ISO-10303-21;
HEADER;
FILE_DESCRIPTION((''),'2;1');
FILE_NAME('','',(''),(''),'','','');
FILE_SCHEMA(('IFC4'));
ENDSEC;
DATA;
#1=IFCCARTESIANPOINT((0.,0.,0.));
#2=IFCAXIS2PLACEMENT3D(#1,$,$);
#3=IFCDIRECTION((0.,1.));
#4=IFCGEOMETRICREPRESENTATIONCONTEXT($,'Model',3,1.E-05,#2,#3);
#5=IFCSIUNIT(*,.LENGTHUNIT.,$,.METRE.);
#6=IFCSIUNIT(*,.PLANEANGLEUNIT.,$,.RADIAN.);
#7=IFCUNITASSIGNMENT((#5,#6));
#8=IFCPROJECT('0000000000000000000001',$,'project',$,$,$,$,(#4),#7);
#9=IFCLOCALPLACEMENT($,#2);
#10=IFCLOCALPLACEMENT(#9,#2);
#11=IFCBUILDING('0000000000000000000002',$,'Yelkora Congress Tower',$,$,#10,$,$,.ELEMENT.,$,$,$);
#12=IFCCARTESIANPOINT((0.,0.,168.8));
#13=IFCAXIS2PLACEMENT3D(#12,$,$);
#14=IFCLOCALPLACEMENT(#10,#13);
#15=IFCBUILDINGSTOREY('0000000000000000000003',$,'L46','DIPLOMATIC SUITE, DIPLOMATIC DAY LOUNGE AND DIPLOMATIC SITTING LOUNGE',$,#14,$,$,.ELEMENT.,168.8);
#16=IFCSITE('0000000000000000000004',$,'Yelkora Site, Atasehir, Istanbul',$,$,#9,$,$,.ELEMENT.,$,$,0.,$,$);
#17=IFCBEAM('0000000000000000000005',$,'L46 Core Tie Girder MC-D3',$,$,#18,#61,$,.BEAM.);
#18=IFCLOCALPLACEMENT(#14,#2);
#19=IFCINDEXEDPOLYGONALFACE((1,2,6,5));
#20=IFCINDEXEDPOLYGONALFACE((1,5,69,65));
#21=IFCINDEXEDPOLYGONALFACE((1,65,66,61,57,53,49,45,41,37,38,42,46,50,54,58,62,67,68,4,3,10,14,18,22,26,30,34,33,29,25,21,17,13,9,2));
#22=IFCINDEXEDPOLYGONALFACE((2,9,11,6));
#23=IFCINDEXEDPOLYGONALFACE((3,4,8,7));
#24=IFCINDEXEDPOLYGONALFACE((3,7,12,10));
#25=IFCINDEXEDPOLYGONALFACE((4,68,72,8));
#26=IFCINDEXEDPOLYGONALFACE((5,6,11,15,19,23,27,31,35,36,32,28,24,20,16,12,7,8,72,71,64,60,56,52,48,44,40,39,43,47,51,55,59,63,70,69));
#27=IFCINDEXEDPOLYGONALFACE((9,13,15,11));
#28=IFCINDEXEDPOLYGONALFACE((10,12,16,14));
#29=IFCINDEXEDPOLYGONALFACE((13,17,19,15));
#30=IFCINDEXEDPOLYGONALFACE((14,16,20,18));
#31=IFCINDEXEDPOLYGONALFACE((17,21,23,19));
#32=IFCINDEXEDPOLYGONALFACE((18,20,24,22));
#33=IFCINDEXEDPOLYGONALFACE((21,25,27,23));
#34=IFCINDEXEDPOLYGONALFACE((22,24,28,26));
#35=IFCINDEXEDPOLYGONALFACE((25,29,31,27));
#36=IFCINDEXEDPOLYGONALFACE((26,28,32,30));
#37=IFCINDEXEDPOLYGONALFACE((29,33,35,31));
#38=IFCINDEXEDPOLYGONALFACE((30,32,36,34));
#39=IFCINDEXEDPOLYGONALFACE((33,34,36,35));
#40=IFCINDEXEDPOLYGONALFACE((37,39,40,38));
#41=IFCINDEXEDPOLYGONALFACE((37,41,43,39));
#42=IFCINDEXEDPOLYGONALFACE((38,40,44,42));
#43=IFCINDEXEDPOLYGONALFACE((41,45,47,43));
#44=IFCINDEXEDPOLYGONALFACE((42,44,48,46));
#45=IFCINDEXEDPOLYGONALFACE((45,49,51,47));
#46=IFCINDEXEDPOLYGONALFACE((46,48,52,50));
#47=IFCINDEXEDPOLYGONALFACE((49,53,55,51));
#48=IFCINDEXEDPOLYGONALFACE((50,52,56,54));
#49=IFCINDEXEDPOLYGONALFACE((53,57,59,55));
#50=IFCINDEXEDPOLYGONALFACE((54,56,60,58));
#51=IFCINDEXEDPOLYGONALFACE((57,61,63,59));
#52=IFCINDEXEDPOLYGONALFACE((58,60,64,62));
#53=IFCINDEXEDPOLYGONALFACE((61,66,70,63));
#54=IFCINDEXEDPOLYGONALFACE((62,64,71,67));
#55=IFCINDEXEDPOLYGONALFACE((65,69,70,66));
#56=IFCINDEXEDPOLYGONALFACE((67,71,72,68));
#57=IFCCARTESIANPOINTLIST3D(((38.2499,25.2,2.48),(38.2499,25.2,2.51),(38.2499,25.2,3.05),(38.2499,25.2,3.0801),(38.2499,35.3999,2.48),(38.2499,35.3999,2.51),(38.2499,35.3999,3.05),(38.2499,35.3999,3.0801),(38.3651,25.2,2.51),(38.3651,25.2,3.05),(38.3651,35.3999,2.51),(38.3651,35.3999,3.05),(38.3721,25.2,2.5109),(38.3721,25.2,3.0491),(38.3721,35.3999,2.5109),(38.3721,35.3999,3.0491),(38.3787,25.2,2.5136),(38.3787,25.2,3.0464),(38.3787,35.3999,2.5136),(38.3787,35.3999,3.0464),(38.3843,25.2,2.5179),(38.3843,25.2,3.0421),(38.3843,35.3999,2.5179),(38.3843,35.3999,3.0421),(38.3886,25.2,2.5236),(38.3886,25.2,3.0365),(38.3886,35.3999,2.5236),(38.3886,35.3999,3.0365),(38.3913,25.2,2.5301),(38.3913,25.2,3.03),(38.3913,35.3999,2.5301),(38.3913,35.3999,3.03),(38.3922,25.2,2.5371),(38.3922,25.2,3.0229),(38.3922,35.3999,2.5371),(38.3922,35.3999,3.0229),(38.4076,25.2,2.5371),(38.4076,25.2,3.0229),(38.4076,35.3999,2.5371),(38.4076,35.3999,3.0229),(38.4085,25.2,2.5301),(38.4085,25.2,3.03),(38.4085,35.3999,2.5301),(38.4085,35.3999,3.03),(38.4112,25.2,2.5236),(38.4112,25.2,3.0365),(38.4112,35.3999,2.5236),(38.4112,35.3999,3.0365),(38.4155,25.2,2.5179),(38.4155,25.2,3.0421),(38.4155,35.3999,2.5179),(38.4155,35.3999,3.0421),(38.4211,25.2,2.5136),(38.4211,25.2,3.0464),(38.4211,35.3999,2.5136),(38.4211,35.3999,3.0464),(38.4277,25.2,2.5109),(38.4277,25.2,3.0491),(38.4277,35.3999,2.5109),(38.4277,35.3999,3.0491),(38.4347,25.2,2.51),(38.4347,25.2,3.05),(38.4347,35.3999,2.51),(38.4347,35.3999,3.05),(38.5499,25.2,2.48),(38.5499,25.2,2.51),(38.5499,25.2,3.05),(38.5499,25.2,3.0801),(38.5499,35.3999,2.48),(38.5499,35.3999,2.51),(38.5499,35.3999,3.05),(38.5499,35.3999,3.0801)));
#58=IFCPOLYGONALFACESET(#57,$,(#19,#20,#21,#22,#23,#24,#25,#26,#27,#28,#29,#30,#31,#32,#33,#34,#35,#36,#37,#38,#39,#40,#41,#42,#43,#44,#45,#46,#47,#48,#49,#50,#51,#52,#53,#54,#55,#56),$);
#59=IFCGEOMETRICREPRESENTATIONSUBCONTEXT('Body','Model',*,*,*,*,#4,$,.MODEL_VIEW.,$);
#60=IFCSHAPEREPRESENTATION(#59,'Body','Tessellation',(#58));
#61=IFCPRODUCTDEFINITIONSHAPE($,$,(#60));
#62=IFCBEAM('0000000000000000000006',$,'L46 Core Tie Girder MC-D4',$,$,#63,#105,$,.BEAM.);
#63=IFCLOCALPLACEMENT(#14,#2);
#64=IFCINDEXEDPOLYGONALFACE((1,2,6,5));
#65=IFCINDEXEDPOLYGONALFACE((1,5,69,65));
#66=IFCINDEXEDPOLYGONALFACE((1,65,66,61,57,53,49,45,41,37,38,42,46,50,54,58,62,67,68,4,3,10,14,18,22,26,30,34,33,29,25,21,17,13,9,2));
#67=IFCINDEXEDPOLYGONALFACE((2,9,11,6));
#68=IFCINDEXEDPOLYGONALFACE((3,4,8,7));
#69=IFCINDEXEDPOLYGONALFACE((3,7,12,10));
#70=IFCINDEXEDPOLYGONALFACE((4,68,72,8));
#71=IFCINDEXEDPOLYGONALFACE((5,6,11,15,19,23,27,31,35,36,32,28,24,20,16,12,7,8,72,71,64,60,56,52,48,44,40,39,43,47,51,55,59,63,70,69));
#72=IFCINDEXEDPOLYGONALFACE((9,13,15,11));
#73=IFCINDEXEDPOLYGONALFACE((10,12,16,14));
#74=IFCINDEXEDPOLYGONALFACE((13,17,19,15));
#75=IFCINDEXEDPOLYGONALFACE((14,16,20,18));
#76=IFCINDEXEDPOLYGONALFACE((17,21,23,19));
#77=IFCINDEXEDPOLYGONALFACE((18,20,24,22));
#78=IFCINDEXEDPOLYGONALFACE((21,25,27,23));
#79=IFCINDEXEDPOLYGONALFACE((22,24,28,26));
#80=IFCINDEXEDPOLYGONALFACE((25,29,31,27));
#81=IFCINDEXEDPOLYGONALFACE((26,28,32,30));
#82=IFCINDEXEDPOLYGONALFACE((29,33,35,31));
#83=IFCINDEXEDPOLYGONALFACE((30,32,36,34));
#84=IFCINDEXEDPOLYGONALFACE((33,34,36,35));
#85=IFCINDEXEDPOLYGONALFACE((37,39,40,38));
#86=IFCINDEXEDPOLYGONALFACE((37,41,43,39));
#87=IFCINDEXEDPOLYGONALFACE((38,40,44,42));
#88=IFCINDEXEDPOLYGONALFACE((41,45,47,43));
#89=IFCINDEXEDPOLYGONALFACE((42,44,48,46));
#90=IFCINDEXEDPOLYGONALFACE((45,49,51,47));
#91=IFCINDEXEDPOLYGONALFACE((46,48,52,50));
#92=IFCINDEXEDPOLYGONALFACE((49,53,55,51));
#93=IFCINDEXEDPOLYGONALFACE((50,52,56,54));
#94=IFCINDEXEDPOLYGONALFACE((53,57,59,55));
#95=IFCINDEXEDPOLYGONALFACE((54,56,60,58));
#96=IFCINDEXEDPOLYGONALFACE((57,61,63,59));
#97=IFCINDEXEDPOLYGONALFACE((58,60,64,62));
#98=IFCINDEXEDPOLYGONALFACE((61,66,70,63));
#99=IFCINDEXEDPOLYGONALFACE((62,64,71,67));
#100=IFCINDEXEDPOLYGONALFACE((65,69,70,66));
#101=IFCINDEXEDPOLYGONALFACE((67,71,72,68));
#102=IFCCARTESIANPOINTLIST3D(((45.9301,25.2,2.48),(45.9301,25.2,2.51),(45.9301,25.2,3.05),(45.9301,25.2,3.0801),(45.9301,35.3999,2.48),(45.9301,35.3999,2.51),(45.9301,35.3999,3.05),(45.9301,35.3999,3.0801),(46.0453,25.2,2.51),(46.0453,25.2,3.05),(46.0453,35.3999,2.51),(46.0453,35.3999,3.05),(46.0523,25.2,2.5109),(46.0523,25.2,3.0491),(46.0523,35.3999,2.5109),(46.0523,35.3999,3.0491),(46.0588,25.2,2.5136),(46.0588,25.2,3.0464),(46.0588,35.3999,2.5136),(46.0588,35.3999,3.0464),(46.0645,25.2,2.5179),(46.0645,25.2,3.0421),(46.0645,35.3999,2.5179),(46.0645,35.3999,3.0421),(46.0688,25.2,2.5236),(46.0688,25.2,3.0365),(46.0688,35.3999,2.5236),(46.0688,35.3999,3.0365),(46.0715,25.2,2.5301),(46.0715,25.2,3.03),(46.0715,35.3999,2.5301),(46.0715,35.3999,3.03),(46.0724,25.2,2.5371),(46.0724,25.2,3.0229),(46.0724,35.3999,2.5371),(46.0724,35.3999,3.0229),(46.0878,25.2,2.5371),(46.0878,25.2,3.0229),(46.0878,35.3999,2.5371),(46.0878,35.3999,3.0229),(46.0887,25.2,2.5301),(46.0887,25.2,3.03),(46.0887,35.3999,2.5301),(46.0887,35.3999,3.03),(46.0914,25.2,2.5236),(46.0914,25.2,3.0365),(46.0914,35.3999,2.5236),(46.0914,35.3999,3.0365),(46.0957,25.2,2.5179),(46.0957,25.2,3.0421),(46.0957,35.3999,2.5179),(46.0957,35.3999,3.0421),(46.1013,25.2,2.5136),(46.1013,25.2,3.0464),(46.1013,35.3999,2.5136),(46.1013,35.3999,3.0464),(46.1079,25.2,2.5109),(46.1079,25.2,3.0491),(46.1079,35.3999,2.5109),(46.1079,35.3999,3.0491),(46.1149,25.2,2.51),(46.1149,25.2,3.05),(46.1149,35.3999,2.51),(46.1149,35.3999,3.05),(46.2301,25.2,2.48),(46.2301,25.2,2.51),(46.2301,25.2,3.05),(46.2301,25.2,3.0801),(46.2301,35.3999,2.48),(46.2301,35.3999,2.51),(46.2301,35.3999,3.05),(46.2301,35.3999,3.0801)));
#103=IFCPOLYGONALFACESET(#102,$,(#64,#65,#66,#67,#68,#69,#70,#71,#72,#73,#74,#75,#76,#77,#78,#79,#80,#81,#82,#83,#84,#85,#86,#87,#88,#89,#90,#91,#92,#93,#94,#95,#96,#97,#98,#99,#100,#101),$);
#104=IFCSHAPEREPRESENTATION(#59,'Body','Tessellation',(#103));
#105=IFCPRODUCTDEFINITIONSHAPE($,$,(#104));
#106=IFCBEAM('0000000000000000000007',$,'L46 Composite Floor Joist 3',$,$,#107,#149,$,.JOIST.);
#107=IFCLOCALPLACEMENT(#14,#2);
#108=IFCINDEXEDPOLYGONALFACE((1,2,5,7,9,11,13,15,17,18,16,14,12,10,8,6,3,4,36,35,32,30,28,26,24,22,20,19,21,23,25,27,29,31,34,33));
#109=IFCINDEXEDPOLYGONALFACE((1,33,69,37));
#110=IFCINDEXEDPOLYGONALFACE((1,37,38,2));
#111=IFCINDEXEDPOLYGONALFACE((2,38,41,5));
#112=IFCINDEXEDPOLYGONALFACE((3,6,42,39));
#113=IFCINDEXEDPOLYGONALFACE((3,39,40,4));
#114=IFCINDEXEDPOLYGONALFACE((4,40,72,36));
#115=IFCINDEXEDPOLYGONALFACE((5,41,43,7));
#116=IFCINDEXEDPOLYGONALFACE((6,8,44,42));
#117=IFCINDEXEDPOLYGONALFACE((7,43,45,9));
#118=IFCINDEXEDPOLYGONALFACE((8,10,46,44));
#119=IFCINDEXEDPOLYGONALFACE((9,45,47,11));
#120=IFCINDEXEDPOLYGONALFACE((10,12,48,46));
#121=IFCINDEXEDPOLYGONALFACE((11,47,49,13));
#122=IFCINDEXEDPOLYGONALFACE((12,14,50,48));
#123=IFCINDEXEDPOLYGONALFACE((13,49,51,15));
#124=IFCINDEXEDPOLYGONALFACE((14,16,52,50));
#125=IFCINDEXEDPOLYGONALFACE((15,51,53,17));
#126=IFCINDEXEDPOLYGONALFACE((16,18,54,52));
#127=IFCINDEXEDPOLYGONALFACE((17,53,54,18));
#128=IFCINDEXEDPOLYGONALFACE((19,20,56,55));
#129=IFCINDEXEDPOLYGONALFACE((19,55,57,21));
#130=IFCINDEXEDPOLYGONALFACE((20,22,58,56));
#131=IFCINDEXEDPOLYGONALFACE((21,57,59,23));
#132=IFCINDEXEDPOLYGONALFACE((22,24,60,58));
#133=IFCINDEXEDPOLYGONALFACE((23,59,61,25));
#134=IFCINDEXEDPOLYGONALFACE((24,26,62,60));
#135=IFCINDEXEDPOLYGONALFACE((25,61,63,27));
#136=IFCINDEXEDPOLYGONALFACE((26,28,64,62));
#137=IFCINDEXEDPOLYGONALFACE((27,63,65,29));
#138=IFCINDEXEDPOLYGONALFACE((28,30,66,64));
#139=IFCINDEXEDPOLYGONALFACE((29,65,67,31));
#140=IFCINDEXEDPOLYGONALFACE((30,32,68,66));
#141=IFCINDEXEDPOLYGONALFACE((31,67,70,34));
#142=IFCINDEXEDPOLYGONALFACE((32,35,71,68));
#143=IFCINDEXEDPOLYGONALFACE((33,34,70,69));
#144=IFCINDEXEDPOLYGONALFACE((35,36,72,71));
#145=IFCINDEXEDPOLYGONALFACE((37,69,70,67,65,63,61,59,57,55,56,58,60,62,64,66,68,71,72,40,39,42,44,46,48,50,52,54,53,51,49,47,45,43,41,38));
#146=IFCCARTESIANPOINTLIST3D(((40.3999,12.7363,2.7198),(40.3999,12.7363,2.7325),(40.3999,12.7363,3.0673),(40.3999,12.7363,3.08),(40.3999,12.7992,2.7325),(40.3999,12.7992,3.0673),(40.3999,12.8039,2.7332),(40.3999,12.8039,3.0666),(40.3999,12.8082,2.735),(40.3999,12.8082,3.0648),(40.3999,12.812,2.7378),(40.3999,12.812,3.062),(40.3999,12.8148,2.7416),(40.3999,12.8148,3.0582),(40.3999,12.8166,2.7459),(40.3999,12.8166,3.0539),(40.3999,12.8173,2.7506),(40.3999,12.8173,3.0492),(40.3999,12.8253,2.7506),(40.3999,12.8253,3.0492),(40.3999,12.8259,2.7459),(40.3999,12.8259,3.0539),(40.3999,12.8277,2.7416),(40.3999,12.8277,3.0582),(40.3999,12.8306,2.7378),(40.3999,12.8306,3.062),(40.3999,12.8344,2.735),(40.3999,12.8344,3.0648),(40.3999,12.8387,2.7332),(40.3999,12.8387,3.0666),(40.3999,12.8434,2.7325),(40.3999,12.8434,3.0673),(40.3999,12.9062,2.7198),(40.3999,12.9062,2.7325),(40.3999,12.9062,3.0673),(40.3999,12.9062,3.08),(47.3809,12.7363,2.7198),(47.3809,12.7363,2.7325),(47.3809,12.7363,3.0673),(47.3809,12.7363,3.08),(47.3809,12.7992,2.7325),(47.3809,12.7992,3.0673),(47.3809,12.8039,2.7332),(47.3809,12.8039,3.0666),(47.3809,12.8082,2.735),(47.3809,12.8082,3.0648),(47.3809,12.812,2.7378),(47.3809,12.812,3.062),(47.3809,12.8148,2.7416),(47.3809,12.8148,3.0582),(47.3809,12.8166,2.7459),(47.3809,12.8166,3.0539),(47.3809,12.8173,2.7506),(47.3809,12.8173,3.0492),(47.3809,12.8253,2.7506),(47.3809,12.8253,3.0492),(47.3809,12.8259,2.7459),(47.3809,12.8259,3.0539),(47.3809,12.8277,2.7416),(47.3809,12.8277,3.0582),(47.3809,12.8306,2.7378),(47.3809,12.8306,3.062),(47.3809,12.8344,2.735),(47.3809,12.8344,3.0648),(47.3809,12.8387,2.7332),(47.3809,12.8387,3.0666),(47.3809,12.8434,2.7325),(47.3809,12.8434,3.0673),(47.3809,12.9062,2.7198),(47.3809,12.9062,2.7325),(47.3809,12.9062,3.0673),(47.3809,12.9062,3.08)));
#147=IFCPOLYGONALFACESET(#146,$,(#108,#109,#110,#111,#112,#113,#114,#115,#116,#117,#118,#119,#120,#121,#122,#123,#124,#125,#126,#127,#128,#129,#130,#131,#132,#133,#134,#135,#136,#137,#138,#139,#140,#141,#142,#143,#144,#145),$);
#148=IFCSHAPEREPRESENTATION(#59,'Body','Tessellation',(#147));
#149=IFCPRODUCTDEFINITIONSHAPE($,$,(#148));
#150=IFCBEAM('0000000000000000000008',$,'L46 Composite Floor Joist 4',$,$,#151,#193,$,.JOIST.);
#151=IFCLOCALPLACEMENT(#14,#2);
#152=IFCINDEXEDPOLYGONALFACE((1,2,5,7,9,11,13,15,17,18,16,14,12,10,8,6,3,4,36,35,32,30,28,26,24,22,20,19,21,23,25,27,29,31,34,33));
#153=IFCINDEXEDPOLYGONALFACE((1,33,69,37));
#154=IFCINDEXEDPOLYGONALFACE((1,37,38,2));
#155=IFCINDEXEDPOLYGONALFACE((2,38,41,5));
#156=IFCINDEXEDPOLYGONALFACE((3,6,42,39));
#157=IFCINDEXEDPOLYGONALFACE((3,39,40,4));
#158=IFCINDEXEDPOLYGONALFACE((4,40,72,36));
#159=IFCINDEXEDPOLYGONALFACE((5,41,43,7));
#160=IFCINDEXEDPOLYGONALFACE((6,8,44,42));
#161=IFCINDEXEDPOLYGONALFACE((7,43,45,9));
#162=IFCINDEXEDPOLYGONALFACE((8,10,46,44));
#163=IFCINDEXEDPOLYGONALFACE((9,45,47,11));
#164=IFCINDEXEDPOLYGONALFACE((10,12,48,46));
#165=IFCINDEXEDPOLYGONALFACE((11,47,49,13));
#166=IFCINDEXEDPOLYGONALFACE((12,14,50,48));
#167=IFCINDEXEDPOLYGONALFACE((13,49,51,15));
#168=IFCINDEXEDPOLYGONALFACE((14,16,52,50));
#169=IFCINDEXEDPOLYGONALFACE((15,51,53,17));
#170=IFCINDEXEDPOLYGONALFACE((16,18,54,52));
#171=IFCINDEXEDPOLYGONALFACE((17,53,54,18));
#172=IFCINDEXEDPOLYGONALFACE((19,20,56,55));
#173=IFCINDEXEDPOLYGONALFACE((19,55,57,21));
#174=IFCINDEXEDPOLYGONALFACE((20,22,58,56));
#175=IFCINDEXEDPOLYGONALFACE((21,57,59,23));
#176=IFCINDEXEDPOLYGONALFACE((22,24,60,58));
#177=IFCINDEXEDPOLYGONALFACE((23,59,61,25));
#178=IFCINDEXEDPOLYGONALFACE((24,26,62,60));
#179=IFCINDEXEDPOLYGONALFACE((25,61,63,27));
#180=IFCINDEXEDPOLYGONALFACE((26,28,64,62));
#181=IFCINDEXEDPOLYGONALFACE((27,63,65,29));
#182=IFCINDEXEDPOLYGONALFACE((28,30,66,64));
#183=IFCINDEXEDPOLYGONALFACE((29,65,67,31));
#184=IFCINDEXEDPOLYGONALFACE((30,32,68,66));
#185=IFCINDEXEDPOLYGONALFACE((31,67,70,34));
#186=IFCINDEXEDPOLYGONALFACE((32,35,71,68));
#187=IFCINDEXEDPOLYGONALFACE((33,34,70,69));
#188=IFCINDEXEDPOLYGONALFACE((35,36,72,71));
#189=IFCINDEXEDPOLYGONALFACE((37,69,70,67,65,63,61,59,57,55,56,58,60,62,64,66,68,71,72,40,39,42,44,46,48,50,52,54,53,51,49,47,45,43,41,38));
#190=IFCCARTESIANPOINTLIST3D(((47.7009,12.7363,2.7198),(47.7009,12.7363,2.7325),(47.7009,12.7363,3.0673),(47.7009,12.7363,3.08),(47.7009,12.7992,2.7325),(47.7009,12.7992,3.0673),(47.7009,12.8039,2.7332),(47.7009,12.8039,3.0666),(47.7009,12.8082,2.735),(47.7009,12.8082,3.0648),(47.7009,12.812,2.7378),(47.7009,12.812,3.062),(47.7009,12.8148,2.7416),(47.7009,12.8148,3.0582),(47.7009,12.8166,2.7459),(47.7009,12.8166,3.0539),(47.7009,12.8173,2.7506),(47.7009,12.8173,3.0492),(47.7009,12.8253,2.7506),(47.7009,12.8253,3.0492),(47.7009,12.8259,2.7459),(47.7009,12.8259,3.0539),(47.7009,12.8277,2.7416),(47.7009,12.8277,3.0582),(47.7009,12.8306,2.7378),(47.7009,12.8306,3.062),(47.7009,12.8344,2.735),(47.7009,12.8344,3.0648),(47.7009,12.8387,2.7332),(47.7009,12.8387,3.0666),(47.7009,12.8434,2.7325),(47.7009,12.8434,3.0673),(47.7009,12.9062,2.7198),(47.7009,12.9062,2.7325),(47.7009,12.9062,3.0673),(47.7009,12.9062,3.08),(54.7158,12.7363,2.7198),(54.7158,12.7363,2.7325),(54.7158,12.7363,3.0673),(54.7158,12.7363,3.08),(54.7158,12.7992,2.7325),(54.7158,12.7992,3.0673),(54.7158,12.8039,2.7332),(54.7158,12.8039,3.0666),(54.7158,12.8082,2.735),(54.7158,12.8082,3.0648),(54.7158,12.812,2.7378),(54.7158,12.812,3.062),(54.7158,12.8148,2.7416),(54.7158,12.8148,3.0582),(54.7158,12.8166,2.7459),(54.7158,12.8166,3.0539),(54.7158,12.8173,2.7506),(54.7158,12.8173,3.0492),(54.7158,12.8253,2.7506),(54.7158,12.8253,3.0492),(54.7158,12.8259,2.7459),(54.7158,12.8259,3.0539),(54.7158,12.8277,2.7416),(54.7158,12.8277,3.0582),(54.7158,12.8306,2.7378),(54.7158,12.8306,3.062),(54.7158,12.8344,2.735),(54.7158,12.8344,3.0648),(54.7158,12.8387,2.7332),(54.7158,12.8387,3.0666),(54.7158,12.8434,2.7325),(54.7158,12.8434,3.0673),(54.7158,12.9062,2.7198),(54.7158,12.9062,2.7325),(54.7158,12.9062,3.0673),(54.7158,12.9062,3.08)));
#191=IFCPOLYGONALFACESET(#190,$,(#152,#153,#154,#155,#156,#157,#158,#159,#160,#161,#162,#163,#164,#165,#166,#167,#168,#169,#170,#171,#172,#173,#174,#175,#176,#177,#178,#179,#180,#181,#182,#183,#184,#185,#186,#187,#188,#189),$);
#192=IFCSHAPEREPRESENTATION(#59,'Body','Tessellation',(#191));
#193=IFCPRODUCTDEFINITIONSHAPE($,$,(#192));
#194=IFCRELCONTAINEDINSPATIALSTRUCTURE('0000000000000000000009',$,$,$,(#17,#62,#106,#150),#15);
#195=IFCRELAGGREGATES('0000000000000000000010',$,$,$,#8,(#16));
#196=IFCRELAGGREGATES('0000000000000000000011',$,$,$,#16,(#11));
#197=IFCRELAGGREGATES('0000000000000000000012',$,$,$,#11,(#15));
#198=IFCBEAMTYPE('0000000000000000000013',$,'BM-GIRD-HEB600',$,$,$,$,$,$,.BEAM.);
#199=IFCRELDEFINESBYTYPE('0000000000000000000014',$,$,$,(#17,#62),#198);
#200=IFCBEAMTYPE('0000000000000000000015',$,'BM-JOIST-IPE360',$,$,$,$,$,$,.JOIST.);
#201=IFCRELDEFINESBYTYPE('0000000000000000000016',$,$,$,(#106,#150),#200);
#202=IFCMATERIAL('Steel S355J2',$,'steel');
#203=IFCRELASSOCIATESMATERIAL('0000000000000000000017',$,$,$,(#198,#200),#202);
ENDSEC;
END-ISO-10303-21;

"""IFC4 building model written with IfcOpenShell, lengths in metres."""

from ifc_helpers import new_model, si_unit, direction, frame, origin, origin_2d, place, context, subcontext, project, spatial, i_section, extrude, material, material_profile, profile_set, type_object, element, save


model = new_model("IFC4")

# Units and contexts
model_context = context("Model", 3, precision=1e-05, world=origin(), true_north=direction((0.0, 1.0)))
body_context = subcontext(model_context, "Body", "Model", "MODEL_VIEW")
ifc_project = project(units=[si_unit("LENGTHUNIT", "METRE"), si_unit("PLANEANGLEUNIT", "RADIAN")], contexts=[model_context])

# Site, building, storey
site_placement = place(None, origin())
site = spatial("IfcSite", under=ifc_project, at=site_placement, Name="Yelkora Site, Atasehir, Istanbul", CompositionType="ELEMENT", RefElevation=0.0)
building_placement = place(site_placement, origin())
building = spatial("IfcBuilding", under=site, at=building_placement, Name="Yelkora Congress Tower", CompositionType="ELEMENT")
storey_placement = place(building_placement, frame((0.0, 0.0, 168.8)))
storey = spatial("IfcBuildingStorey", under=building, at=storey_placement, Name="L46", Description="DIPLOMATIC SUITE, DIPLOMATIC DAY LOUNGE AND DIPLOMATIC SITTING LOUNGE", CompositionType="ELEMENT", Elevation=168.8)

# Beams
ifc_material_1 = material(Name="Steel S355J2", Category="steel")
ifc_material_profile_1 = material_profile(ifc_material_1, i_section(OverallWidth=0.3, OverallDepth=0.6001, WebThickness=0.0154, FlangeThickness=0.03, FilletRadius=0.0271, at=origin_2d()), Name="HEB 600")
ifc_profile_set_1 = profile_set([ifc_material_profile_1], Name="Steel S355J2")
beam_type_1 = type_object("IfcBeamType", Name="BM-GIRD-HEB600", PredefinedType="BEAM", material=ifc_profile_set_1)
for number, where, z_axis, x_axis, name in (
    (1, (38.3999, 25.2, 2.78), (0.0, 1.0, 0.0), (-1.0, 0.0, 0.0), "L46 Core Tie Girder MC-D3"),
    (2, (46.0801, 25.2, 2.78), (0.0, 1.0, 0.0), (-1.0, 0.0, 0.0), "L46 Core Tie Girder MC-D4"),
):
    element("IfcBeam", number, at=place(storey_placement, frame(where, z_axis=z_axis, x_axis=x_axis)), inside=storey, type_object=beam_type_1, Name=name, PredefinedType="BEAM", context=body_context, shape_type="SweptSolid", body=[
        extrude(i_section(OverallWidth=0.3, OverallDepth=0.6001, WebThickness=0.0154, FlangeThickness=0.03, FilletRadius=0.0271, at=origin_2d()), origin(), (0.0, 0.0, 1.0), 10.2),
    ])
ifc_material_profile_2 = material_profile(ifc_material_1, i_section(OverallWidth=0.1699, OverallDepth=0.3601, WebThickness=0.0081, FlangeThickness=0.0127, FilletRadius=0.0181, at=origin_2d()), Name="IPE 360")
ifc_profile_set_2 = profile_set([ifc_material_profile_2], Name="Steel S355J2")
beam_type_2 = type_object("IfcBeamType", Name="BM-JOIST-IPE360", PredefinedType="JOIST", material=ifc_profile_set_2)
beam_1_placement = place(storey_placement, frame((40.3999, 12.8213, 2.8999), z_axis=(1.0, 0.0, 0.0), x_axis=(0.0, 1.0, 0.0)))
element("IfcBeam", 3, at=beam_1_placement, inside=storey, type_object=beam_type_2, Name="L46 Composite Floor Joist 3", PredefinedType="JOIST", context=body_context, shape_type="SweptSolid", body=[
    extrude(i_section(OverallWidth=0.1699, OverallDepth=0.3601, WebThickness=0.0081, FlangeThickness=0.0127, FilletRadius=0.0181, at=origin_2d()), origin(), (0.0, 0.0, 1.0), 6.981),
])
beam_2_placement = place(storey_placement, frame((47.7009, 12.8213, 2.8999), z_axis=(1.0, 0.0, 0.0), x_axis=(0.0, 1.0, 0.0)))
element("IfcBeam", 4, at=beam_2_placement, inside=storey, type_object=beam_type_2, Name="L46 Composite Floor Joist 4", PredefinedType="JOIST", context=body_context, shape_type="SweptSolid", body=[
    extrude(i_section(OverallWidth=0.1699, OverallDepth=0.3601, WebThickness=0.0081, FlangeThickness=0.0127, FilletRadius=0.0181, at=origin_2d()), origin(), (0.0, 0.0, 1.0), 7.0149),
])

save(model, "model.ifc")
